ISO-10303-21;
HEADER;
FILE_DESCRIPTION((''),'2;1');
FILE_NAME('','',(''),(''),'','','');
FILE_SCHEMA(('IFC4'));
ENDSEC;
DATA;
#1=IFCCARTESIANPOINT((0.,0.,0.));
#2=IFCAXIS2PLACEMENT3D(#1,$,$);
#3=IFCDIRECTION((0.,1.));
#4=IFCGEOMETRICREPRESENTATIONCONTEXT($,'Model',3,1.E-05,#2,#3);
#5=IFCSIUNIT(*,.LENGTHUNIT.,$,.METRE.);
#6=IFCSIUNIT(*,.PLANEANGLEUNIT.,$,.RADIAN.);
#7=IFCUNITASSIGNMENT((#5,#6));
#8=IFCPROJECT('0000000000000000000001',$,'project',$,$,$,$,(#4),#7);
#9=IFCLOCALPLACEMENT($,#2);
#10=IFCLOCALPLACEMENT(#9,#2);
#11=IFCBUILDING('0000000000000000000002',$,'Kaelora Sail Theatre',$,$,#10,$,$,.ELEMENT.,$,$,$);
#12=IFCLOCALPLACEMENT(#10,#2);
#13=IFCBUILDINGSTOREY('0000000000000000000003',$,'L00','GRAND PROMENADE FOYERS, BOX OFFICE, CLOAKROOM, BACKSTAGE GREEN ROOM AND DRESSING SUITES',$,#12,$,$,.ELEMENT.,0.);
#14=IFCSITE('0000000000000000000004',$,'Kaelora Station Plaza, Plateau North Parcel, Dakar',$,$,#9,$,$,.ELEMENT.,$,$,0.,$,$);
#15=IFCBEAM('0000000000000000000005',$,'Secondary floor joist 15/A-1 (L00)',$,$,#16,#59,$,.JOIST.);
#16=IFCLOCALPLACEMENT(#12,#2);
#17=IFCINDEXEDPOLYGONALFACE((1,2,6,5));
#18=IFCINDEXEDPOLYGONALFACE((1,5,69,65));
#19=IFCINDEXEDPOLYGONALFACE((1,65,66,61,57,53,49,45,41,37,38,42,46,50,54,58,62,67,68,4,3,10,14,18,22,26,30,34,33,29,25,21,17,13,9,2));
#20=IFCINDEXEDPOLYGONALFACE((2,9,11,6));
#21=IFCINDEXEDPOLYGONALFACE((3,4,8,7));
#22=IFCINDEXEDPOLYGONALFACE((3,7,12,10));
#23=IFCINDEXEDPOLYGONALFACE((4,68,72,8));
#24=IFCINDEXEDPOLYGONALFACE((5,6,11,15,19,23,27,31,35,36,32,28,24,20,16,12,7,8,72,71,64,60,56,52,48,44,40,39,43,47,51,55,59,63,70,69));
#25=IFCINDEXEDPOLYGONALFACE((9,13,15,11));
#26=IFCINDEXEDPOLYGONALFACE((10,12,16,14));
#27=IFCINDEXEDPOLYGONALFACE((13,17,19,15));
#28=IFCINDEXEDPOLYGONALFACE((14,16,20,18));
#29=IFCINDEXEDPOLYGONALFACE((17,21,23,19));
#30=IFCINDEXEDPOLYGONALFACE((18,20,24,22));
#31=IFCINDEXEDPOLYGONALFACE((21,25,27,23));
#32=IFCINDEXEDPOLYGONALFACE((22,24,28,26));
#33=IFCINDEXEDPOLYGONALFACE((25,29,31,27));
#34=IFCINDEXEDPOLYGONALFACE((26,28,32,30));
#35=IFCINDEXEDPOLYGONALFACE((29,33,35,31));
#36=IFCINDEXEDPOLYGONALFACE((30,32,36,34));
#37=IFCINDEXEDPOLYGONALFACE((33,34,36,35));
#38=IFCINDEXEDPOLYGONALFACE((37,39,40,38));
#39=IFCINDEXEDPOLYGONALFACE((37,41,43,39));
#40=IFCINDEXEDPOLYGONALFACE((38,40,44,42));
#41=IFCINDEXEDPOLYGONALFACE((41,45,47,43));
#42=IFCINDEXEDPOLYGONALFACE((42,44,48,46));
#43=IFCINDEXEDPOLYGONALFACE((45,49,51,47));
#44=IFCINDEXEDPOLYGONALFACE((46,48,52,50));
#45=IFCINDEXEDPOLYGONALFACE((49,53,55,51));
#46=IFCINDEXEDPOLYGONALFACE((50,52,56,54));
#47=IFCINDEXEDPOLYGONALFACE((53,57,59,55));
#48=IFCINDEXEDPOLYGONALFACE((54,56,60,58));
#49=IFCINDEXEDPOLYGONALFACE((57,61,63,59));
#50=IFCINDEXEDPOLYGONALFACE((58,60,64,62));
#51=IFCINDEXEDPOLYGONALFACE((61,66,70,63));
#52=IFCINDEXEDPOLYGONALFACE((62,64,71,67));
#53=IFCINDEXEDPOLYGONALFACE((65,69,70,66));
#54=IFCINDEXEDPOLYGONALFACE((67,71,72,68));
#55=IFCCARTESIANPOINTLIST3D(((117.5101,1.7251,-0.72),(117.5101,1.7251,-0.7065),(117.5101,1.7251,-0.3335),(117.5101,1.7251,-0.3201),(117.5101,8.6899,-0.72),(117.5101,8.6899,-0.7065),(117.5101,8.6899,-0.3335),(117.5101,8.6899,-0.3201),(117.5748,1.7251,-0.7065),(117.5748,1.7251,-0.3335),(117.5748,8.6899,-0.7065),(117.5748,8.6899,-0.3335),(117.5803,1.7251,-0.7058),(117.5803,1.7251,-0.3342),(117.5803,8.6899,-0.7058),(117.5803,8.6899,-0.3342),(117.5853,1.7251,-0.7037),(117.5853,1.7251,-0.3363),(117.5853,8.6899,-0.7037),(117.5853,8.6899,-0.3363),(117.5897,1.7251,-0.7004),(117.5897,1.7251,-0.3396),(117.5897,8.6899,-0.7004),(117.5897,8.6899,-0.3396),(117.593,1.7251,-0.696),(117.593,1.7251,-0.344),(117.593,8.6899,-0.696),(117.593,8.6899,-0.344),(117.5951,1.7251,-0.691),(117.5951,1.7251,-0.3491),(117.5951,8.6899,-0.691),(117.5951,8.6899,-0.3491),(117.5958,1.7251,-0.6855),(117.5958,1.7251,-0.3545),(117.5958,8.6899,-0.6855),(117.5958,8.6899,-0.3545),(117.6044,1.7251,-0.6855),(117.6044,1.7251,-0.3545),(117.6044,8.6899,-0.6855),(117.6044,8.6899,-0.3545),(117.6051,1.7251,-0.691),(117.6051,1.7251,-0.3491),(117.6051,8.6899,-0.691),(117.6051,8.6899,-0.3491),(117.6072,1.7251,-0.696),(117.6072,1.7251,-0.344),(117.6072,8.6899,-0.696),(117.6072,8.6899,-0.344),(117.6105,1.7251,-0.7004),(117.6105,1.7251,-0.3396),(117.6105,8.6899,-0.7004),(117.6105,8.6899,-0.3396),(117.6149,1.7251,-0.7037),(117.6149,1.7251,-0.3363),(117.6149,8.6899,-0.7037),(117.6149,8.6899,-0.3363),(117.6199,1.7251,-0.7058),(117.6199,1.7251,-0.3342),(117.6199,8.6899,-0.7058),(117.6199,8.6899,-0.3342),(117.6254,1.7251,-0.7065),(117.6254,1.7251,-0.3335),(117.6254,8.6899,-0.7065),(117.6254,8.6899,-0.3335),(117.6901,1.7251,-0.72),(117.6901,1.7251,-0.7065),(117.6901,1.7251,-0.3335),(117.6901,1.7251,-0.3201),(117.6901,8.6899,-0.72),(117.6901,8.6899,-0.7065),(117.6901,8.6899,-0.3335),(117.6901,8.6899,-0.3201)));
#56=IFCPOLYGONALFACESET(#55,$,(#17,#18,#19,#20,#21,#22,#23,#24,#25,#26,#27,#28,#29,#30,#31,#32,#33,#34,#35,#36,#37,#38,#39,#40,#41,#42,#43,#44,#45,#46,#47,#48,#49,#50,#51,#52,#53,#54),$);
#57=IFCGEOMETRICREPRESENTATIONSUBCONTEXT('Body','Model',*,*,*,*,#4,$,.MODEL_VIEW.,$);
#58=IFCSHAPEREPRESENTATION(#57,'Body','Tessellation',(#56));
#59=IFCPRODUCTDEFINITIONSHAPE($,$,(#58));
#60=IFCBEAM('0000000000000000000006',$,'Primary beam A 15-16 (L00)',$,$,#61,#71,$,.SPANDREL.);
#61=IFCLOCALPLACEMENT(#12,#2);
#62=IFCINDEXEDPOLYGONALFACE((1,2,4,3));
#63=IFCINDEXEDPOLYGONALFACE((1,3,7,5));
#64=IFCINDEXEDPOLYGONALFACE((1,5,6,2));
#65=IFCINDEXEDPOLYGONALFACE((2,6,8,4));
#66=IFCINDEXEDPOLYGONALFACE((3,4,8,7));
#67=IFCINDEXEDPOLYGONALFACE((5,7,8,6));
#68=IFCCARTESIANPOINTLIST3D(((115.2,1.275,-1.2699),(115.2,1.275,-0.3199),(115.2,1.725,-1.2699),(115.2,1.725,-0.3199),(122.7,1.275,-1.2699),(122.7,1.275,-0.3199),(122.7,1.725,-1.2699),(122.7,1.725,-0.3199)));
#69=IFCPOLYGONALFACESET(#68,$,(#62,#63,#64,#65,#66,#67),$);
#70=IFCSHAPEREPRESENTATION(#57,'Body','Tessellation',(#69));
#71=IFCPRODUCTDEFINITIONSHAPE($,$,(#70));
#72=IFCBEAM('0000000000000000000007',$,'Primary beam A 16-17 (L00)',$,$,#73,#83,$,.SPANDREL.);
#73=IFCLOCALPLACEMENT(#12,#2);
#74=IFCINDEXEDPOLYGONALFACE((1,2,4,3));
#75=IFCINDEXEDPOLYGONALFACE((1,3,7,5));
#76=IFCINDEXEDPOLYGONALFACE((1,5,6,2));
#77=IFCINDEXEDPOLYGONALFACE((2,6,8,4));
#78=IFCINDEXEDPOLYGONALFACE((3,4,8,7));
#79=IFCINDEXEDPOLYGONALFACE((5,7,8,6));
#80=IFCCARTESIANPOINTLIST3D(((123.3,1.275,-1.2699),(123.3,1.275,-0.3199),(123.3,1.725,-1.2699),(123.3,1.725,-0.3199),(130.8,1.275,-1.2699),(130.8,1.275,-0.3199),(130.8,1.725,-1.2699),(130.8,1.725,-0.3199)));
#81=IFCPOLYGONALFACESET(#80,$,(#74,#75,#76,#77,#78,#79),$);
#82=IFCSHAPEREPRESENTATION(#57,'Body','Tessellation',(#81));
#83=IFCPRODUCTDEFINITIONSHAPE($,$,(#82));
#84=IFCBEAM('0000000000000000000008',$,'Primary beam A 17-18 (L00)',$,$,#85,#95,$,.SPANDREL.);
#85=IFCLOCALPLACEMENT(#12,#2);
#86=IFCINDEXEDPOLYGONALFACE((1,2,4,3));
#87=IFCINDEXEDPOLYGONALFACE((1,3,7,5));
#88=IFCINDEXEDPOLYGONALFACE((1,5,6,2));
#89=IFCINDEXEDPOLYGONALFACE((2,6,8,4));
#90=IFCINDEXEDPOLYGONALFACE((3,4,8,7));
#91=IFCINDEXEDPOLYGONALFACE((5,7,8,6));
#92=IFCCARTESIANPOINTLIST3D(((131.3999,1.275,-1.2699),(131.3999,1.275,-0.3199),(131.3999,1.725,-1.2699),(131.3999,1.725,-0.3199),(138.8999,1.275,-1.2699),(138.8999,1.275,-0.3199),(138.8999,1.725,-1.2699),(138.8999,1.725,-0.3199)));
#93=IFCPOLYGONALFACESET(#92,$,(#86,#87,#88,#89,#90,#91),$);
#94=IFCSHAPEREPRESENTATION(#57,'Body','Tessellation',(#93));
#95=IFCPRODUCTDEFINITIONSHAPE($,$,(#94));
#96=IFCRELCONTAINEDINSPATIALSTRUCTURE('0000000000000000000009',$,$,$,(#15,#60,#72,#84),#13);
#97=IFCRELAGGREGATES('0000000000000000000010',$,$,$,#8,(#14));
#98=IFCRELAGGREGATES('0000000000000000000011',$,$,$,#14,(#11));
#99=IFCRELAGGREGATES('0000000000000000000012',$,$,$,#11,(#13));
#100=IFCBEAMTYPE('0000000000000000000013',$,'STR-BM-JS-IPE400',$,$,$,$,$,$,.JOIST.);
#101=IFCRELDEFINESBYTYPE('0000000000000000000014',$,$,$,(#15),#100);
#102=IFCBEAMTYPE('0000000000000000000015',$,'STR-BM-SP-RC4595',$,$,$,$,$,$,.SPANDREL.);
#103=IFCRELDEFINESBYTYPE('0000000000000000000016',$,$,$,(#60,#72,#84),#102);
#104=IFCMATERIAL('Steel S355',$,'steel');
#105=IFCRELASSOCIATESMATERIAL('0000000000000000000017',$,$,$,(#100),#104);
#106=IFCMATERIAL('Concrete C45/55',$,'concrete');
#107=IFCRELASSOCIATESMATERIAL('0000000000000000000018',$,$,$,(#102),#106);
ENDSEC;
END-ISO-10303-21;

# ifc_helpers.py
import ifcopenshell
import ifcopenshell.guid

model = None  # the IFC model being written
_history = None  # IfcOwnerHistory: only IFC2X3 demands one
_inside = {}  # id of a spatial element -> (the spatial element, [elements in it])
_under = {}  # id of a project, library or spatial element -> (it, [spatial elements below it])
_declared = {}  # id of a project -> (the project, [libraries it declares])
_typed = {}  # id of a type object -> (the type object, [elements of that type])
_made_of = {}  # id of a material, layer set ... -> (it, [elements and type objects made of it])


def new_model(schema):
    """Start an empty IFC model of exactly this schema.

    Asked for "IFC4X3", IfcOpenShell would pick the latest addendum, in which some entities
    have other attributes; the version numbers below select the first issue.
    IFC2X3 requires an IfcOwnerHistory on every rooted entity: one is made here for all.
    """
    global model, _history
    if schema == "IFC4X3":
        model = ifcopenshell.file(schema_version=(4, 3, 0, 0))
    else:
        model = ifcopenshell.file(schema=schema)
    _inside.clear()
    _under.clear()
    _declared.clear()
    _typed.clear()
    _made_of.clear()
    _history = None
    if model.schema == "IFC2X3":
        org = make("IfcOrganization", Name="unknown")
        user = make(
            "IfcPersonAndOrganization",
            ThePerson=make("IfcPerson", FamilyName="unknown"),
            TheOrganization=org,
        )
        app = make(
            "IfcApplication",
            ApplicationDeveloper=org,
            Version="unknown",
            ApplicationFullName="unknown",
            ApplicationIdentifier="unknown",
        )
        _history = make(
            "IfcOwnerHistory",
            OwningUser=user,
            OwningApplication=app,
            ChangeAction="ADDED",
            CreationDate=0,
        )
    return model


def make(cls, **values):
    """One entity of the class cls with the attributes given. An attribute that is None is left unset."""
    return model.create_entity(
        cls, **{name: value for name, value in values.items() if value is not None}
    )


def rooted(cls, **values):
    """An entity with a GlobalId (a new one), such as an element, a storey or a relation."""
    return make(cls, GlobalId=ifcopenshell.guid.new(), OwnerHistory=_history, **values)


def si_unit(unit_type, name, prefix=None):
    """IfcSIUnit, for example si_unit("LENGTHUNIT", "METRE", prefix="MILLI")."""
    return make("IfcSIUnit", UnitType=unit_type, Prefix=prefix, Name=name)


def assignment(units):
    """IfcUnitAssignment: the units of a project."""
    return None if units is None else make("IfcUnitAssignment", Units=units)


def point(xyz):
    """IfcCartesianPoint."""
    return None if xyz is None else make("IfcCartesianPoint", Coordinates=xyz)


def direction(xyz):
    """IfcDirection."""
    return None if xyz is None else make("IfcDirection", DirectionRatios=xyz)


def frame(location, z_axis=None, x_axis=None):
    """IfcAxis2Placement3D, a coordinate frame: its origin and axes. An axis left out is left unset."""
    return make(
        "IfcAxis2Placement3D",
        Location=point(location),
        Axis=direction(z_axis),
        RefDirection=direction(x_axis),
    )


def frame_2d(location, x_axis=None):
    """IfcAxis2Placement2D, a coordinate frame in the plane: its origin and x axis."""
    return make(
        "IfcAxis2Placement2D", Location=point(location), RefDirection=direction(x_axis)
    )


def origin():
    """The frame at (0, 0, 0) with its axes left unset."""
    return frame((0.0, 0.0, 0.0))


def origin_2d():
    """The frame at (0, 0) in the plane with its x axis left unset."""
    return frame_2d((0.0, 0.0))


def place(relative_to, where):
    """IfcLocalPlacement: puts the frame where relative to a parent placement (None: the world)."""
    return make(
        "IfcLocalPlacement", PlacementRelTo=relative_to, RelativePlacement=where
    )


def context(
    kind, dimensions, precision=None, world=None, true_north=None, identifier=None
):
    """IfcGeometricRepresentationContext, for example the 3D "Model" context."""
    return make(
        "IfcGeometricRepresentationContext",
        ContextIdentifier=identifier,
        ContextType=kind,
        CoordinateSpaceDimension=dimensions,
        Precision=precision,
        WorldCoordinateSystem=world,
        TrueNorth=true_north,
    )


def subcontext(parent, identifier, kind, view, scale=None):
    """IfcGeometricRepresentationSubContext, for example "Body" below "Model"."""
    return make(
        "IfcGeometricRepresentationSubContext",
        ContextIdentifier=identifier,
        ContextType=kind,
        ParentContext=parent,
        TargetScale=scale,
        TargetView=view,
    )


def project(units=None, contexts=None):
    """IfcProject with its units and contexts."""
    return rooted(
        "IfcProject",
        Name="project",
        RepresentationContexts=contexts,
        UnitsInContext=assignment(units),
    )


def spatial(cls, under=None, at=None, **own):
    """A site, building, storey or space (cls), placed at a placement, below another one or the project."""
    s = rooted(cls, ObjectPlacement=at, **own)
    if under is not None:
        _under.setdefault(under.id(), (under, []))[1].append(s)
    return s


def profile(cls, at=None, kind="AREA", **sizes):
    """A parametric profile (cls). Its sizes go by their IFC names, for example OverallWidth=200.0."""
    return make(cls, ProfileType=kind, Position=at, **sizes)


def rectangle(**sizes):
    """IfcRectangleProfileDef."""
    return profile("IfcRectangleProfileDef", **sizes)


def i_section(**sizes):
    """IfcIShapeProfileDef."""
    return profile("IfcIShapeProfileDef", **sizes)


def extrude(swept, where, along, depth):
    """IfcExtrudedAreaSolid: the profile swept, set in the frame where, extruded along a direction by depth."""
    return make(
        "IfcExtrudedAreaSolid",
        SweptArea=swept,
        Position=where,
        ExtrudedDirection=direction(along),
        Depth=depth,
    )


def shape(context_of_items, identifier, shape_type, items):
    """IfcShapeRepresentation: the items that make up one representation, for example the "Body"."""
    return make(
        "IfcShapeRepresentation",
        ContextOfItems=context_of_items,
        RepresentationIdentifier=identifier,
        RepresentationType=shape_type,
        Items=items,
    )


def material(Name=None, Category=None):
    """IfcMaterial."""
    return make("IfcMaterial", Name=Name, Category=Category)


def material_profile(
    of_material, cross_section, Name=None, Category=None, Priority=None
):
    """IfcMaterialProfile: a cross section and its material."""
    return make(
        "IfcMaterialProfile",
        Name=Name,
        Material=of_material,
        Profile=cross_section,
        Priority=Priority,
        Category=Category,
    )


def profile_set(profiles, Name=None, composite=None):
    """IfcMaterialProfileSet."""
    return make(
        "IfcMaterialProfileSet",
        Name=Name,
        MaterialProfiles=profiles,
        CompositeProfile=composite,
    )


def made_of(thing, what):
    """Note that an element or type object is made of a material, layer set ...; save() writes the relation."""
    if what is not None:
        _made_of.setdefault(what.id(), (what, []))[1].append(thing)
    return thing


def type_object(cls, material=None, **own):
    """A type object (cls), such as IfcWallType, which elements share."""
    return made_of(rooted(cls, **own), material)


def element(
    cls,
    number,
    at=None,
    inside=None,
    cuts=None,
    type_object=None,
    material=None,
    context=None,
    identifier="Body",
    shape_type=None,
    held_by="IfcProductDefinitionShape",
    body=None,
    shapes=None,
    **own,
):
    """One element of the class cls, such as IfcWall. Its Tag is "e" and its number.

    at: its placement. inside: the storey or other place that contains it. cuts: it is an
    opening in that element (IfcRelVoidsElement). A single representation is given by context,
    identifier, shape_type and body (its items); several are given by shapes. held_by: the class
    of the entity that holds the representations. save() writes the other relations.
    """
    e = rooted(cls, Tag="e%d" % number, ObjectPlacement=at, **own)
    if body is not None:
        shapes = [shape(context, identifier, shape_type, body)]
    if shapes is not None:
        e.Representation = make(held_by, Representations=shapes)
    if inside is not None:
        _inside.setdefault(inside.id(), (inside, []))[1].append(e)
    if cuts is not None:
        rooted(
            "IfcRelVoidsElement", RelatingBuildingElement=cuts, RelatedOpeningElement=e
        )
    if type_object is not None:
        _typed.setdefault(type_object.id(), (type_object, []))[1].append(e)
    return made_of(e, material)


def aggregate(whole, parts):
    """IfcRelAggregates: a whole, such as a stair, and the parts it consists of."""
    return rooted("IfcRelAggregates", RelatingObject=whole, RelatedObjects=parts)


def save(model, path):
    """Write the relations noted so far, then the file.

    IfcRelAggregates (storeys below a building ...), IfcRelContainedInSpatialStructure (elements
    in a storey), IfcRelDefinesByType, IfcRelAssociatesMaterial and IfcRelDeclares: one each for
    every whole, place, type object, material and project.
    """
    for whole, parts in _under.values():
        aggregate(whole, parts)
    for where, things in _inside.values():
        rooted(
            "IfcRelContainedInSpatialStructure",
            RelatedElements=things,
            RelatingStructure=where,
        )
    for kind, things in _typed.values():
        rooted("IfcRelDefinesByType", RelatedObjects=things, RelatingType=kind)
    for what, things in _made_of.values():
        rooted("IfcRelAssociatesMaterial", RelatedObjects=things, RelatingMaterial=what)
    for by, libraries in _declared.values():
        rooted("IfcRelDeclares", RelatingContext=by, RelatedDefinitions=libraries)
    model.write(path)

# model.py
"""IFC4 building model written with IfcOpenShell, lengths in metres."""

from ifc_helpers import new_model, si_unit, direction, frame, origin, origin_2d, place, context, subcontext, project, spatial, rectangle, i_section, extrude, material, material_profile, profile_set, type_object, element, save


model = new_model("IFC4")

# Units and contexts
model_context = context("Model", 3, precision=1e-05, world=origin(), true_north=direction((0.0, 1.0)))
body_context = subcontext(model_context, "Body", "Model", "MODEL_VIEW")
ifc_project = project(units=[si_unit("LENGTHUNIT", "METRE"), si_unit("PLANEANGLEUNIT", "RADIAN")], contexts=[model_context])

# Site, building, storey
site_placement = place(None, origin())
site = spatial("IfcSite", under=ifc_project, at=site_placement, Name="Kaelora Station Plaza, Plateau North Parcel, Dakar", CompositionType="ELEMENT", RefElevation=0.0)
building_placement = place(site_placement, origin())
building = spatial("IfcBuilding", under=site, at=building_placement, Name="Kaelora Sail Theatre", CompositionType="ELEMENT")
storey_placement = place(building_placement, origin())
storey = spatial("IfcBuildingStorey", under=building, at=storey_placement, Name="L00", Description="GRAND PROMENADE FOYERS, BOX OFFICE, CLOAKROOM, BACKSTAGE GREEN ROOM AND DRESSING SUITES", CompositionType="ELEMENT", Elevation=0.0)

# Beams
ifc_material_1 = material(Name="Steel S355", Category="steel")
ifc_material_profile_1 = material_profile(ifc_material_1, i_section(OverallWidth=0.1799, OverallDepth=0.3999, WebThickness=0.0085, FlangeThickness=0.0134, FilletRadius=0.021, at=origin_2d()), Name="IPE 400")
ifc_profile_set_1 = profile_set([ifc_material_profile_1], Name="Steel S355")
beam_type_1 = type_object("IfcBeamType", Name="STR-BM-JS-IPE400", PredefinedType="JOIST", material=ifc_profile_set_1)
for number, where, z_axis, x_axis, name in (
    (1, (117.6001, 1.7251, -0.52), (0.0, 1.0, 0.0), (-1.0, 0.0, 0.0), "Secondary floor joist 15/A-1 (L00)"),
):
    element("IfcBeam", number, at=place(storey_placement, frame(where, z_axis=z_axis, x_axis=x_axis)), inside=storey, type_object=beam_type_1, Name=name, PredefinedType="JOIST", context=body_context, shape_type="SweptSolid", body=[
        extrude(i_section(OverallWidth=0.1799, OverallDepth=0.3999, WebThickness=0.0085, FlangeThickness=0.0134, FilletRadius=0.021, at=origin_2d()), origin(), (0.0, 0.0, 1.0), 6.9648),
    ])
ifc_material_2 = material(Name="Concrete C45/55", Category="concrete")
ifc_material_profile_2 = material_profile(ifc_material_2, rectangle(XDim=0.45, YDim=0.95, at=origin_2d()), Name="RC-SPN 450x950")
ifc_profile_set_2 = profile_set([ifc_material_profile_2], Name="Concrete C45/55")
beam_type_2 = type_object("IfcBeamType", Name="STR-BM-SP-RC4595", PredefinedType="SPANDREL", material=ifc_profile_set_2)
for number, where, z_axis, x_axis, name in (
    (2, (115.2, 1.5, -0.7949), (1.0, 0.0, 0.0), (0.0, 1.0, 0.0), "Primary beam A 15-16 (L00)"),
    (3, (123.3, 1.5, -0.7949), (1.0, 0.0, 0.0), (0.0, 1.0, 0.0), "Primary beam A 16-17 (L00)"),
    (4, (131.3999, 1.5, -0.7949), (1.0, 0.0, 0.0), (0.0, 1.0, 0.0), "Primary beam A 17-18 (L00)"),
):
    element("IfcBeam", number, at=place(storey_placement, frame(where, z_axis=z_axis, x_axis=x_axis)), inside=storey, type_object=beam_type_2, Name=name, PredefinedType="SPANDREL", context=body_context, shape_type="SweptSolid", body=[
        extrude(rectangle(XDim=0.45, YDim=0.95, at=origin_2d()), origin(), (0.0, 0.0, 1.0), 7.5),
    ])

save(model, "model.ifc")
